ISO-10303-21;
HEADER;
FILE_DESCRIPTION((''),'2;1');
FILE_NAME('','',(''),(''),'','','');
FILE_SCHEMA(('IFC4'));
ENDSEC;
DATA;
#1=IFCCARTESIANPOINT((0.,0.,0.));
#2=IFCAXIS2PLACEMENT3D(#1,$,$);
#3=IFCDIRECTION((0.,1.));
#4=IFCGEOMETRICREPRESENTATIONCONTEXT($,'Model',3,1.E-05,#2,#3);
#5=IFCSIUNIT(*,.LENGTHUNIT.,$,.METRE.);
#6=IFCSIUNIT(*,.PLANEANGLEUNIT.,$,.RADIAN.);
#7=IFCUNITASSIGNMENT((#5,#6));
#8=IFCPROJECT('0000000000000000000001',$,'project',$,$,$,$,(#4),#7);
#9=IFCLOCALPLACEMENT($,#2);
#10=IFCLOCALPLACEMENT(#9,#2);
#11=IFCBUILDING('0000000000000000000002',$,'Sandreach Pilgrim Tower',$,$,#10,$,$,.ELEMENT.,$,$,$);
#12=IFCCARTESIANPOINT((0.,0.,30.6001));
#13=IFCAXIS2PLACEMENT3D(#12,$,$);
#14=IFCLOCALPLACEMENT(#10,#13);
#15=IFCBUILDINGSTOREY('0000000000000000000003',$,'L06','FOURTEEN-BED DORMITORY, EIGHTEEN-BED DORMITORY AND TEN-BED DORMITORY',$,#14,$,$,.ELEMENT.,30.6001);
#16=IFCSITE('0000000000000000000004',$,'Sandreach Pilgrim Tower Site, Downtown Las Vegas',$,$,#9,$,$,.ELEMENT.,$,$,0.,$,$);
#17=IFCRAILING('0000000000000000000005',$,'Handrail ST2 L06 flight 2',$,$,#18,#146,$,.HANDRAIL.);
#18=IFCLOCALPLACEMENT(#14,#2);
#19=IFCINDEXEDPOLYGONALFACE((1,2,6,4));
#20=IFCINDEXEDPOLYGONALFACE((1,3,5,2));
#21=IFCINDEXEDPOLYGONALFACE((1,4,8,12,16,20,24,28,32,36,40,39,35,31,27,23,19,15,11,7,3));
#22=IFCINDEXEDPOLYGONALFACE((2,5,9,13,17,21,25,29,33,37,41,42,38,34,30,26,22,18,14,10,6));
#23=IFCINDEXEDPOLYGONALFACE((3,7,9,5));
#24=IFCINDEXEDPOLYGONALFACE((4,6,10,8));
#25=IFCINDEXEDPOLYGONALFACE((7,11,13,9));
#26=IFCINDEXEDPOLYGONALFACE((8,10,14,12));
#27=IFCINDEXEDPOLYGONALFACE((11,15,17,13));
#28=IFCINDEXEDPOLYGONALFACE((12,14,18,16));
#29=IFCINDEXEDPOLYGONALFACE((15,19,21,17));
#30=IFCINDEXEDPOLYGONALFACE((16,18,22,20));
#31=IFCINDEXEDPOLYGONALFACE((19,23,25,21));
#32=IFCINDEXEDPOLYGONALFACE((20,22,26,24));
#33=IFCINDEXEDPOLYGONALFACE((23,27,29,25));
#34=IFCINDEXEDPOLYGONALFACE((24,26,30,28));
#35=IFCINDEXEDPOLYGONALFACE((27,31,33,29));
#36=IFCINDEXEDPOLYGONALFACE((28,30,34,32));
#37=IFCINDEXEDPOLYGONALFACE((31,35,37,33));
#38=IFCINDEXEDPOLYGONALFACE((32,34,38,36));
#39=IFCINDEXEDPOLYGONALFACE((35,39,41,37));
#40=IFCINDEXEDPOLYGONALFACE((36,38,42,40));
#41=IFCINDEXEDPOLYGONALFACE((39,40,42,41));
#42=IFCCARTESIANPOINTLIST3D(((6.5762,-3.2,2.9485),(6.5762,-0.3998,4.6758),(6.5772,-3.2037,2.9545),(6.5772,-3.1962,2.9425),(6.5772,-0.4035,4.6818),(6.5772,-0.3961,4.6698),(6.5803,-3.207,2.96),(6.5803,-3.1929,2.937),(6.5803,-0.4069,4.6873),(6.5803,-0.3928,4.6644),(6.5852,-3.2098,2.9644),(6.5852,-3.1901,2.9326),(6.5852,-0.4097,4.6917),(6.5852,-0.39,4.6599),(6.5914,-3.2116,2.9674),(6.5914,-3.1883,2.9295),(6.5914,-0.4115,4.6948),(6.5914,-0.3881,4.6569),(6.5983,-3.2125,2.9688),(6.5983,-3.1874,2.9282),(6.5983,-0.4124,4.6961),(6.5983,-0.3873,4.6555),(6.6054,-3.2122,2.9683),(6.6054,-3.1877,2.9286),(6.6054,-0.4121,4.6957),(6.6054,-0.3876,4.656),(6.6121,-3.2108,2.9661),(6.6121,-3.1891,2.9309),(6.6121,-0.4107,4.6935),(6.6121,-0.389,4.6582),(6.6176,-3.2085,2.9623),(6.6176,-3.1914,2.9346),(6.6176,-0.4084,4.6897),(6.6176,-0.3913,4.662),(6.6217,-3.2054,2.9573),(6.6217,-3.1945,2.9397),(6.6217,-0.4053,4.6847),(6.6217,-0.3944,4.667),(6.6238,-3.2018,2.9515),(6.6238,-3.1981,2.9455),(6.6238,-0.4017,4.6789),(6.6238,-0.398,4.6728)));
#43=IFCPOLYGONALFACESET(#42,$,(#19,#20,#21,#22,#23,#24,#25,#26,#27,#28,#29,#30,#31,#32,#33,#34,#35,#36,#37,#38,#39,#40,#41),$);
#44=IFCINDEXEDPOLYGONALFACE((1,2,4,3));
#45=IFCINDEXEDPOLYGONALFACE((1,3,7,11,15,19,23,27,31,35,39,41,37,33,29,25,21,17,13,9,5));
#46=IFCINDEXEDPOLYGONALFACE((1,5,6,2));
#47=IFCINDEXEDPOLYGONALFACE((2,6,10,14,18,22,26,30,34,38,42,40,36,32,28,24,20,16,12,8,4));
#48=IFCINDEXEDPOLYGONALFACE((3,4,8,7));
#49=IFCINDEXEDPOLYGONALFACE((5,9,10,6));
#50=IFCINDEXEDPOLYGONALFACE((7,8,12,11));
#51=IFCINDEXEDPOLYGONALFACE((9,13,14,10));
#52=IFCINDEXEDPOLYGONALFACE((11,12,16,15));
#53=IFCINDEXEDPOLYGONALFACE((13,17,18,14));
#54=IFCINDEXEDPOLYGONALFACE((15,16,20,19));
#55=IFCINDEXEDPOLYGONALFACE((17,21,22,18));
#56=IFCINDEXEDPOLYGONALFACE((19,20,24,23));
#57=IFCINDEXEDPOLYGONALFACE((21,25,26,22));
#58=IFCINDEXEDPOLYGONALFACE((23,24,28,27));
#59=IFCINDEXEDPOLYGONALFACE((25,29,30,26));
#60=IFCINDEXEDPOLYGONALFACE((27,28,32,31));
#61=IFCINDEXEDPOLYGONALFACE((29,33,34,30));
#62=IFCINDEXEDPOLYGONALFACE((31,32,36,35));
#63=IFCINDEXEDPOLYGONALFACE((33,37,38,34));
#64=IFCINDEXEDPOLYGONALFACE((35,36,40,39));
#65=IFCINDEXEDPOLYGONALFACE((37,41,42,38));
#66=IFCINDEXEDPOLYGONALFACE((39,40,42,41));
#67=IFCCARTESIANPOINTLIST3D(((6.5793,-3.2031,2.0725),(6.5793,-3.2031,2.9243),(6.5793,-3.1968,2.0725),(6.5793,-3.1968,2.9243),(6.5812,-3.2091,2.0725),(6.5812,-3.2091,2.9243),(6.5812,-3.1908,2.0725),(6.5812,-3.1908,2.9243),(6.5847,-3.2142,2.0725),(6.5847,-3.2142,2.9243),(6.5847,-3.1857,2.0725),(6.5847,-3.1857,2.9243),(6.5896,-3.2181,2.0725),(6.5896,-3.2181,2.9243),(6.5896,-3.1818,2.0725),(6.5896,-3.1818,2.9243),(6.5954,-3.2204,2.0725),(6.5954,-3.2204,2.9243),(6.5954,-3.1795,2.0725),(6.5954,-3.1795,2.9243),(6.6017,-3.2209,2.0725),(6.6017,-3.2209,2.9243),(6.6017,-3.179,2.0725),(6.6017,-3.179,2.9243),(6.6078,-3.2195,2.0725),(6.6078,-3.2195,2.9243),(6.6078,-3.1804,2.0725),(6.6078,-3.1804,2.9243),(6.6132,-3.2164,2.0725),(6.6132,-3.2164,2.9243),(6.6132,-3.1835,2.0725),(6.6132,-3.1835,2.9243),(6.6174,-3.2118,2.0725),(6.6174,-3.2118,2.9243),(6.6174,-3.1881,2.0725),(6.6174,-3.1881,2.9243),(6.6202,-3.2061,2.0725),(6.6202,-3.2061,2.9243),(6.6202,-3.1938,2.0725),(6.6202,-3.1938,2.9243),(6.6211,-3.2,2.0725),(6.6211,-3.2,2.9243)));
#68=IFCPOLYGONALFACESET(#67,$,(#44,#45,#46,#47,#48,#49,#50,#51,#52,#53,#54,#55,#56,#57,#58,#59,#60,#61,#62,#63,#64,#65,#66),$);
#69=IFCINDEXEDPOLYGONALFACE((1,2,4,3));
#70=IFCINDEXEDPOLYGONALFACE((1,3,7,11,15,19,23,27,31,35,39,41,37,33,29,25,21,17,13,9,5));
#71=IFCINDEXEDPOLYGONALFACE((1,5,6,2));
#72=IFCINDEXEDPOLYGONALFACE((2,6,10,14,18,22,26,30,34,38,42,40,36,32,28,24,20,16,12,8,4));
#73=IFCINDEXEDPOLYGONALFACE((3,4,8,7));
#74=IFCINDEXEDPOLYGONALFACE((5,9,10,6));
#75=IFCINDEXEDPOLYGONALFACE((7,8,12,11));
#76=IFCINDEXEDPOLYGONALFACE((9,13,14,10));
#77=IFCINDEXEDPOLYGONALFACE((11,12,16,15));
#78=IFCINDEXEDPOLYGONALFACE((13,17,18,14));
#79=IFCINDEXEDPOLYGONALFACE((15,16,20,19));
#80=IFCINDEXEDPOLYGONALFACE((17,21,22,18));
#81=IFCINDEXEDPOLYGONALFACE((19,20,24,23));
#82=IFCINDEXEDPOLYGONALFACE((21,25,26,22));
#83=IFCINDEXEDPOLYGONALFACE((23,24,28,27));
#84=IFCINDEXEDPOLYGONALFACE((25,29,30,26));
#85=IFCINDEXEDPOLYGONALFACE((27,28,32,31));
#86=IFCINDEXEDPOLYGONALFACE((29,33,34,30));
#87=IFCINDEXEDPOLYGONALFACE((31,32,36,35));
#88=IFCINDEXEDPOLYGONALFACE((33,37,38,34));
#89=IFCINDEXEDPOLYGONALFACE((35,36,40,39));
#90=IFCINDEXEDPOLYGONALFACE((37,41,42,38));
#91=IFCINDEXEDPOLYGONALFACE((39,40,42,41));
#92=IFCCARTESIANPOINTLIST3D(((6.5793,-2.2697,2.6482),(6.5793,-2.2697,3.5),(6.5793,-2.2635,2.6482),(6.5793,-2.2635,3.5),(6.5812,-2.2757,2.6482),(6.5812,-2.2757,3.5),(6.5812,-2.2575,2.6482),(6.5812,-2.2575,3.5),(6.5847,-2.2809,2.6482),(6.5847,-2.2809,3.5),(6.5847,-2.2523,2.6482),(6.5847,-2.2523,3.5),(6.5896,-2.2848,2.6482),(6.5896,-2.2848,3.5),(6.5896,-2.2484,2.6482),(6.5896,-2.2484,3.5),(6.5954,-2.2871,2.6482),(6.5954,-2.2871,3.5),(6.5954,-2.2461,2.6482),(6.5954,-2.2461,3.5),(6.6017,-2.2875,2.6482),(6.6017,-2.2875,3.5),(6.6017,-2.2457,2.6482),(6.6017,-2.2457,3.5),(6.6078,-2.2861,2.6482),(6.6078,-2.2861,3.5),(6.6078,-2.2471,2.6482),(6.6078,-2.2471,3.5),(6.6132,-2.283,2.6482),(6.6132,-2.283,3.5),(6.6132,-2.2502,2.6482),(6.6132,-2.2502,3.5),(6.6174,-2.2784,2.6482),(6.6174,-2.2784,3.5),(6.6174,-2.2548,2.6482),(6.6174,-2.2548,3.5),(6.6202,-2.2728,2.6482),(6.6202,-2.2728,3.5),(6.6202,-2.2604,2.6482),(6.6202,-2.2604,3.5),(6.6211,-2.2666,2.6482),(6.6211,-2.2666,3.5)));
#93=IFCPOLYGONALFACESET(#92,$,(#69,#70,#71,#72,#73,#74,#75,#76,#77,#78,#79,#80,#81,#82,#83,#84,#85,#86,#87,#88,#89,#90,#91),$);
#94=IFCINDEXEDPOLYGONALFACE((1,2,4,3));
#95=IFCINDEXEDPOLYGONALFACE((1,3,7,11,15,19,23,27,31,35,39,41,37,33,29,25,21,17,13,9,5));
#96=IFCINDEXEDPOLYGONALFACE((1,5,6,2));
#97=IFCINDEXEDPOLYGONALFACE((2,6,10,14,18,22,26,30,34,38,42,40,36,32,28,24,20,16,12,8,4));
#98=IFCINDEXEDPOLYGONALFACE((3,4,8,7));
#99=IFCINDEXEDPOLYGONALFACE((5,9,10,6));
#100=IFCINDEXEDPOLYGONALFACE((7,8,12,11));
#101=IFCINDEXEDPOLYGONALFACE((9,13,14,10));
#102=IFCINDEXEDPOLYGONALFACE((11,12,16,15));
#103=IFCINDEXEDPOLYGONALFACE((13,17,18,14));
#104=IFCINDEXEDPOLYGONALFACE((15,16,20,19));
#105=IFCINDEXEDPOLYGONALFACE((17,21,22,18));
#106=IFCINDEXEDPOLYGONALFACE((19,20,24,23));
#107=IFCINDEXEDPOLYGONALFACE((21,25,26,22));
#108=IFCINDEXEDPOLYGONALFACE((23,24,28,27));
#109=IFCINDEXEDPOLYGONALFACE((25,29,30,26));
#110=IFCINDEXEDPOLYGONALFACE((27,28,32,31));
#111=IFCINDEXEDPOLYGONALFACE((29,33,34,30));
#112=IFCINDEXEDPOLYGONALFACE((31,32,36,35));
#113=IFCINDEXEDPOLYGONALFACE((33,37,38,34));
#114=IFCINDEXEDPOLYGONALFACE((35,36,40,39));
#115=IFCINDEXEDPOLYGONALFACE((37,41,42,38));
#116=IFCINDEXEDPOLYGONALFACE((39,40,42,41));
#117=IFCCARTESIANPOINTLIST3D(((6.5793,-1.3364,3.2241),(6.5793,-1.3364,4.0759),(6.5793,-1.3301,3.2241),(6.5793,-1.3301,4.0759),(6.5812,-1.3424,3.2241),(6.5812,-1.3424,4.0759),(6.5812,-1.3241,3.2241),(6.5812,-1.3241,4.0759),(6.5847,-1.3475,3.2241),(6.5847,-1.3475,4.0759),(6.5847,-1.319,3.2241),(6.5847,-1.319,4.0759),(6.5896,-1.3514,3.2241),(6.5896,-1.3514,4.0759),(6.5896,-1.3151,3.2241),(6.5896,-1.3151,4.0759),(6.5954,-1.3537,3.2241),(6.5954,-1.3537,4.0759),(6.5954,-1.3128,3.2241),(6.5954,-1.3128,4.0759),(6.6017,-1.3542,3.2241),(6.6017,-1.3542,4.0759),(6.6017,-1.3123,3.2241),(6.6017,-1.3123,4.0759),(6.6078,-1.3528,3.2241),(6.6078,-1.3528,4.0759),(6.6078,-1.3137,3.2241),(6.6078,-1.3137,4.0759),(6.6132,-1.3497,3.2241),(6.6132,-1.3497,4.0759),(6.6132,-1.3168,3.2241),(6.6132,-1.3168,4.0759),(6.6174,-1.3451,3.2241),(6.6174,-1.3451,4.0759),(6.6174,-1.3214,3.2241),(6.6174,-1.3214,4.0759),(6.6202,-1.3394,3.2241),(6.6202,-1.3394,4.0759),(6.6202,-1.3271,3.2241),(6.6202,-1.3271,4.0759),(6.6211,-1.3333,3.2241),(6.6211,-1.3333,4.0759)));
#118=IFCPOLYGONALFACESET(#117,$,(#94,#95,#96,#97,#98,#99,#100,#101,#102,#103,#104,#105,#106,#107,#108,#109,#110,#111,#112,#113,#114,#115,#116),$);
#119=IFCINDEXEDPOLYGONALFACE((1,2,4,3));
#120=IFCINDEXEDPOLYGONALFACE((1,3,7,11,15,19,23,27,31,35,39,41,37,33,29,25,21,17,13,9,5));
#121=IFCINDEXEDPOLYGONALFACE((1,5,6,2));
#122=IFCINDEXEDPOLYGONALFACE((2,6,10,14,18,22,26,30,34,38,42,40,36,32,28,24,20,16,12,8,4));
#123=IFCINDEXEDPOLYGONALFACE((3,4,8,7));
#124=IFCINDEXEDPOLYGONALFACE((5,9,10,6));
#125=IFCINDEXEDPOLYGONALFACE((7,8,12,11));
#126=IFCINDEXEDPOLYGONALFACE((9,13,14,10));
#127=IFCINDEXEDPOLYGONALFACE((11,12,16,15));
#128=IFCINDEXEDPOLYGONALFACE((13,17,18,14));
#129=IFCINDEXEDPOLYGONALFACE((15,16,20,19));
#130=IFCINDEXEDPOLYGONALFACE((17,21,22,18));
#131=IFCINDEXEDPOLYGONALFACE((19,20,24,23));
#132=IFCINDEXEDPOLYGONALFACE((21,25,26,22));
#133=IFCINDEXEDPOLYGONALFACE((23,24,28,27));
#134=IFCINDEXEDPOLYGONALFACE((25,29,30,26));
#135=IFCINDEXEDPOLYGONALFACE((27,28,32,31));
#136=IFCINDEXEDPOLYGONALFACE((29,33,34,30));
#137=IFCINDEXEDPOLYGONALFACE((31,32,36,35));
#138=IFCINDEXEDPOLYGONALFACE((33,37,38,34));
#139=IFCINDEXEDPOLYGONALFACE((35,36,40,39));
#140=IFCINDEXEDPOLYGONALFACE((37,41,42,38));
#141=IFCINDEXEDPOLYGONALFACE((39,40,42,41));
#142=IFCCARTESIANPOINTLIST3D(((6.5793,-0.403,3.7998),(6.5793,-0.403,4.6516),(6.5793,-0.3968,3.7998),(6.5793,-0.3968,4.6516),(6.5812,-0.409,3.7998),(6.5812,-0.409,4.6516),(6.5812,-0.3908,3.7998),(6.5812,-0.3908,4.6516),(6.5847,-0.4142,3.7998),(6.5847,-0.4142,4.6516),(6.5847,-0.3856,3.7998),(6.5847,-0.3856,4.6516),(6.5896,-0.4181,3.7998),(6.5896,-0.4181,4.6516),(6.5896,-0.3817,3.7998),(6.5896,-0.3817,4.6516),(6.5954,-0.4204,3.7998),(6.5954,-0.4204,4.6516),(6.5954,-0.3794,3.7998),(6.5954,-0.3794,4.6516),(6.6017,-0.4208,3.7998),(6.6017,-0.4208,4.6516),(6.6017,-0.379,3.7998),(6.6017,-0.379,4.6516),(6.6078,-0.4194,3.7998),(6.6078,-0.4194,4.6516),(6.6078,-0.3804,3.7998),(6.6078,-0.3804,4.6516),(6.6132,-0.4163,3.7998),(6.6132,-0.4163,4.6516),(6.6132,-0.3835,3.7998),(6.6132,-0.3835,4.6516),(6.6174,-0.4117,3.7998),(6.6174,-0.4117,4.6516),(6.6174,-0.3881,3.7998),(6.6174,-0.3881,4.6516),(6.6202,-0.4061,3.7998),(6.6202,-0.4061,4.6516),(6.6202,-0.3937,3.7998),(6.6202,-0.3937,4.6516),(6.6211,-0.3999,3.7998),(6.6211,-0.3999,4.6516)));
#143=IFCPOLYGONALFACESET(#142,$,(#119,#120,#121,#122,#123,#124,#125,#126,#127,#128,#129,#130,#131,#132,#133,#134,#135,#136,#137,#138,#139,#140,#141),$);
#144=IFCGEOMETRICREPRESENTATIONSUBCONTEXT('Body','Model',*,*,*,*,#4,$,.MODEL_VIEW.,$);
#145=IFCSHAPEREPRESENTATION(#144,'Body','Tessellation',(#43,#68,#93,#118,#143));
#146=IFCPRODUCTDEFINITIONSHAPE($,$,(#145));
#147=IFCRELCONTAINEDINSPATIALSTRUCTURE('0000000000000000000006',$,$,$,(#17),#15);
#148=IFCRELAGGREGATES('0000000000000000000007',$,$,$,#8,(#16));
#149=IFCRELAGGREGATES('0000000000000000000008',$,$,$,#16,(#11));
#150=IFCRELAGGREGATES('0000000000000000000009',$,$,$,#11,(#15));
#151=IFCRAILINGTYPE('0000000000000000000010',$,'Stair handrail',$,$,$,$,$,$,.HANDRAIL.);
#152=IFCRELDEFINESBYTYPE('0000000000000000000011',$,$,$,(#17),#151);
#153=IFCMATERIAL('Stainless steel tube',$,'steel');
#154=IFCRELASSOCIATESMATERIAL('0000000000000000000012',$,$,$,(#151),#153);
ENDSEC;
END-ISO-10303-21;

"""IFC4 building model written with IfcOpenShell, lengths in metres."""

from ifc_helpers import new_model, si_unit, direction, frame, origin, origin_2d, place, context, subcontext, project, spatial, circle, extrude, material, type_object, element, save


model = new_model("IFC4")

# Units and contexts
model_context = context("Model", 3, precision=1e-05, world=origin(), true_north=direction((0.0, 1.0)))
body_context = subcontext(model_context, "Body", "Model", "MODEL_VIEW")
ifc_project = project(units=[si_unit("LENGTHUNIT", "METRE"), si_unit("PLANEANGLEUNIT", "RADIAN")], contexts=[model_context])

# Site, building, storey
site_placement = place(None, origin())
site = spatial("IfcSite", under=ifc_project, at=site_placement, Name="Sandreach Pilgrim Tower Site, Downtown Las Vegas", CompositionType="ELEMENT", RefElevation=0.0)
building_placement = place(site_placement, origin())
building = spatial("IfcBuilding", under=site, at=building_placement, Name="Sandreach Pilgrim Tower", CompositionType="ELEMENT")
storey_placement = place(building_placement, frame((0.0, 0.0, 30.6001)))
storey = spatial("IfcBuildingStorey", under=building, at=storey_placement, Name="L06", Description="FOURTEEN-BED DORMITORY, EIGHTEEN-BED DORMITORY AND TEN-BED DORMITORY", CompositionType="ELEMENT", Elevation=30.6001)

# Railing
ifc_material_1 = material(Name="Stainless steel tube", Category="steel")
railing_type = type_object("IfcRailingType", Name="Stair handrail", PredefinedType="HANDRAIL", material=ifc_material_1)
for number, where, name in (
    (1, (6.6001, -3.2, 2.0725), "Handrail ST2 L06 flight 2"),
):
    element("IfcRailing", number, at=place(storey_placement, frame(where)), inside=storey, type_object=railing_type, Name=name, PredefinedType="HANDRAIL", context=body_context, shape_type="SweptSolid", body=[
        extrude(circle(Radius=0.0239, at=origin_2d()), frame((0.0, 0.0, 0.876), z_axis=(0.0, 0.85109, 0.52502), x_axis=(-1.0, 0.0, 0.0)), (0.0, 0.0, 1.0), 3.29),
        extrude(circle(Radius=0.021, at=origin_2d()), origin(), (0.0, 0.0, 1.0), 0.8518),
        extrude(circle(Radius=0.021, at=origin_2d()), frame((0.0, 0.9333, 0.5757)), (0.0, 0.0, 1.0), 0.8518),
        extrude(circle(Radius=0.021, at=origin_2d()), frame((0.0, 1.8667, 1.1516)), (0.0, 0.0, 1.0), 0.8518),
        extrude(circle(Radius=0.021, at=origin_2d()), frame((0.0, 2.8, 1.7273)), (0.0, 0.0, 1.0), 0.8518),
    ])

save(model, "model.ifc")
